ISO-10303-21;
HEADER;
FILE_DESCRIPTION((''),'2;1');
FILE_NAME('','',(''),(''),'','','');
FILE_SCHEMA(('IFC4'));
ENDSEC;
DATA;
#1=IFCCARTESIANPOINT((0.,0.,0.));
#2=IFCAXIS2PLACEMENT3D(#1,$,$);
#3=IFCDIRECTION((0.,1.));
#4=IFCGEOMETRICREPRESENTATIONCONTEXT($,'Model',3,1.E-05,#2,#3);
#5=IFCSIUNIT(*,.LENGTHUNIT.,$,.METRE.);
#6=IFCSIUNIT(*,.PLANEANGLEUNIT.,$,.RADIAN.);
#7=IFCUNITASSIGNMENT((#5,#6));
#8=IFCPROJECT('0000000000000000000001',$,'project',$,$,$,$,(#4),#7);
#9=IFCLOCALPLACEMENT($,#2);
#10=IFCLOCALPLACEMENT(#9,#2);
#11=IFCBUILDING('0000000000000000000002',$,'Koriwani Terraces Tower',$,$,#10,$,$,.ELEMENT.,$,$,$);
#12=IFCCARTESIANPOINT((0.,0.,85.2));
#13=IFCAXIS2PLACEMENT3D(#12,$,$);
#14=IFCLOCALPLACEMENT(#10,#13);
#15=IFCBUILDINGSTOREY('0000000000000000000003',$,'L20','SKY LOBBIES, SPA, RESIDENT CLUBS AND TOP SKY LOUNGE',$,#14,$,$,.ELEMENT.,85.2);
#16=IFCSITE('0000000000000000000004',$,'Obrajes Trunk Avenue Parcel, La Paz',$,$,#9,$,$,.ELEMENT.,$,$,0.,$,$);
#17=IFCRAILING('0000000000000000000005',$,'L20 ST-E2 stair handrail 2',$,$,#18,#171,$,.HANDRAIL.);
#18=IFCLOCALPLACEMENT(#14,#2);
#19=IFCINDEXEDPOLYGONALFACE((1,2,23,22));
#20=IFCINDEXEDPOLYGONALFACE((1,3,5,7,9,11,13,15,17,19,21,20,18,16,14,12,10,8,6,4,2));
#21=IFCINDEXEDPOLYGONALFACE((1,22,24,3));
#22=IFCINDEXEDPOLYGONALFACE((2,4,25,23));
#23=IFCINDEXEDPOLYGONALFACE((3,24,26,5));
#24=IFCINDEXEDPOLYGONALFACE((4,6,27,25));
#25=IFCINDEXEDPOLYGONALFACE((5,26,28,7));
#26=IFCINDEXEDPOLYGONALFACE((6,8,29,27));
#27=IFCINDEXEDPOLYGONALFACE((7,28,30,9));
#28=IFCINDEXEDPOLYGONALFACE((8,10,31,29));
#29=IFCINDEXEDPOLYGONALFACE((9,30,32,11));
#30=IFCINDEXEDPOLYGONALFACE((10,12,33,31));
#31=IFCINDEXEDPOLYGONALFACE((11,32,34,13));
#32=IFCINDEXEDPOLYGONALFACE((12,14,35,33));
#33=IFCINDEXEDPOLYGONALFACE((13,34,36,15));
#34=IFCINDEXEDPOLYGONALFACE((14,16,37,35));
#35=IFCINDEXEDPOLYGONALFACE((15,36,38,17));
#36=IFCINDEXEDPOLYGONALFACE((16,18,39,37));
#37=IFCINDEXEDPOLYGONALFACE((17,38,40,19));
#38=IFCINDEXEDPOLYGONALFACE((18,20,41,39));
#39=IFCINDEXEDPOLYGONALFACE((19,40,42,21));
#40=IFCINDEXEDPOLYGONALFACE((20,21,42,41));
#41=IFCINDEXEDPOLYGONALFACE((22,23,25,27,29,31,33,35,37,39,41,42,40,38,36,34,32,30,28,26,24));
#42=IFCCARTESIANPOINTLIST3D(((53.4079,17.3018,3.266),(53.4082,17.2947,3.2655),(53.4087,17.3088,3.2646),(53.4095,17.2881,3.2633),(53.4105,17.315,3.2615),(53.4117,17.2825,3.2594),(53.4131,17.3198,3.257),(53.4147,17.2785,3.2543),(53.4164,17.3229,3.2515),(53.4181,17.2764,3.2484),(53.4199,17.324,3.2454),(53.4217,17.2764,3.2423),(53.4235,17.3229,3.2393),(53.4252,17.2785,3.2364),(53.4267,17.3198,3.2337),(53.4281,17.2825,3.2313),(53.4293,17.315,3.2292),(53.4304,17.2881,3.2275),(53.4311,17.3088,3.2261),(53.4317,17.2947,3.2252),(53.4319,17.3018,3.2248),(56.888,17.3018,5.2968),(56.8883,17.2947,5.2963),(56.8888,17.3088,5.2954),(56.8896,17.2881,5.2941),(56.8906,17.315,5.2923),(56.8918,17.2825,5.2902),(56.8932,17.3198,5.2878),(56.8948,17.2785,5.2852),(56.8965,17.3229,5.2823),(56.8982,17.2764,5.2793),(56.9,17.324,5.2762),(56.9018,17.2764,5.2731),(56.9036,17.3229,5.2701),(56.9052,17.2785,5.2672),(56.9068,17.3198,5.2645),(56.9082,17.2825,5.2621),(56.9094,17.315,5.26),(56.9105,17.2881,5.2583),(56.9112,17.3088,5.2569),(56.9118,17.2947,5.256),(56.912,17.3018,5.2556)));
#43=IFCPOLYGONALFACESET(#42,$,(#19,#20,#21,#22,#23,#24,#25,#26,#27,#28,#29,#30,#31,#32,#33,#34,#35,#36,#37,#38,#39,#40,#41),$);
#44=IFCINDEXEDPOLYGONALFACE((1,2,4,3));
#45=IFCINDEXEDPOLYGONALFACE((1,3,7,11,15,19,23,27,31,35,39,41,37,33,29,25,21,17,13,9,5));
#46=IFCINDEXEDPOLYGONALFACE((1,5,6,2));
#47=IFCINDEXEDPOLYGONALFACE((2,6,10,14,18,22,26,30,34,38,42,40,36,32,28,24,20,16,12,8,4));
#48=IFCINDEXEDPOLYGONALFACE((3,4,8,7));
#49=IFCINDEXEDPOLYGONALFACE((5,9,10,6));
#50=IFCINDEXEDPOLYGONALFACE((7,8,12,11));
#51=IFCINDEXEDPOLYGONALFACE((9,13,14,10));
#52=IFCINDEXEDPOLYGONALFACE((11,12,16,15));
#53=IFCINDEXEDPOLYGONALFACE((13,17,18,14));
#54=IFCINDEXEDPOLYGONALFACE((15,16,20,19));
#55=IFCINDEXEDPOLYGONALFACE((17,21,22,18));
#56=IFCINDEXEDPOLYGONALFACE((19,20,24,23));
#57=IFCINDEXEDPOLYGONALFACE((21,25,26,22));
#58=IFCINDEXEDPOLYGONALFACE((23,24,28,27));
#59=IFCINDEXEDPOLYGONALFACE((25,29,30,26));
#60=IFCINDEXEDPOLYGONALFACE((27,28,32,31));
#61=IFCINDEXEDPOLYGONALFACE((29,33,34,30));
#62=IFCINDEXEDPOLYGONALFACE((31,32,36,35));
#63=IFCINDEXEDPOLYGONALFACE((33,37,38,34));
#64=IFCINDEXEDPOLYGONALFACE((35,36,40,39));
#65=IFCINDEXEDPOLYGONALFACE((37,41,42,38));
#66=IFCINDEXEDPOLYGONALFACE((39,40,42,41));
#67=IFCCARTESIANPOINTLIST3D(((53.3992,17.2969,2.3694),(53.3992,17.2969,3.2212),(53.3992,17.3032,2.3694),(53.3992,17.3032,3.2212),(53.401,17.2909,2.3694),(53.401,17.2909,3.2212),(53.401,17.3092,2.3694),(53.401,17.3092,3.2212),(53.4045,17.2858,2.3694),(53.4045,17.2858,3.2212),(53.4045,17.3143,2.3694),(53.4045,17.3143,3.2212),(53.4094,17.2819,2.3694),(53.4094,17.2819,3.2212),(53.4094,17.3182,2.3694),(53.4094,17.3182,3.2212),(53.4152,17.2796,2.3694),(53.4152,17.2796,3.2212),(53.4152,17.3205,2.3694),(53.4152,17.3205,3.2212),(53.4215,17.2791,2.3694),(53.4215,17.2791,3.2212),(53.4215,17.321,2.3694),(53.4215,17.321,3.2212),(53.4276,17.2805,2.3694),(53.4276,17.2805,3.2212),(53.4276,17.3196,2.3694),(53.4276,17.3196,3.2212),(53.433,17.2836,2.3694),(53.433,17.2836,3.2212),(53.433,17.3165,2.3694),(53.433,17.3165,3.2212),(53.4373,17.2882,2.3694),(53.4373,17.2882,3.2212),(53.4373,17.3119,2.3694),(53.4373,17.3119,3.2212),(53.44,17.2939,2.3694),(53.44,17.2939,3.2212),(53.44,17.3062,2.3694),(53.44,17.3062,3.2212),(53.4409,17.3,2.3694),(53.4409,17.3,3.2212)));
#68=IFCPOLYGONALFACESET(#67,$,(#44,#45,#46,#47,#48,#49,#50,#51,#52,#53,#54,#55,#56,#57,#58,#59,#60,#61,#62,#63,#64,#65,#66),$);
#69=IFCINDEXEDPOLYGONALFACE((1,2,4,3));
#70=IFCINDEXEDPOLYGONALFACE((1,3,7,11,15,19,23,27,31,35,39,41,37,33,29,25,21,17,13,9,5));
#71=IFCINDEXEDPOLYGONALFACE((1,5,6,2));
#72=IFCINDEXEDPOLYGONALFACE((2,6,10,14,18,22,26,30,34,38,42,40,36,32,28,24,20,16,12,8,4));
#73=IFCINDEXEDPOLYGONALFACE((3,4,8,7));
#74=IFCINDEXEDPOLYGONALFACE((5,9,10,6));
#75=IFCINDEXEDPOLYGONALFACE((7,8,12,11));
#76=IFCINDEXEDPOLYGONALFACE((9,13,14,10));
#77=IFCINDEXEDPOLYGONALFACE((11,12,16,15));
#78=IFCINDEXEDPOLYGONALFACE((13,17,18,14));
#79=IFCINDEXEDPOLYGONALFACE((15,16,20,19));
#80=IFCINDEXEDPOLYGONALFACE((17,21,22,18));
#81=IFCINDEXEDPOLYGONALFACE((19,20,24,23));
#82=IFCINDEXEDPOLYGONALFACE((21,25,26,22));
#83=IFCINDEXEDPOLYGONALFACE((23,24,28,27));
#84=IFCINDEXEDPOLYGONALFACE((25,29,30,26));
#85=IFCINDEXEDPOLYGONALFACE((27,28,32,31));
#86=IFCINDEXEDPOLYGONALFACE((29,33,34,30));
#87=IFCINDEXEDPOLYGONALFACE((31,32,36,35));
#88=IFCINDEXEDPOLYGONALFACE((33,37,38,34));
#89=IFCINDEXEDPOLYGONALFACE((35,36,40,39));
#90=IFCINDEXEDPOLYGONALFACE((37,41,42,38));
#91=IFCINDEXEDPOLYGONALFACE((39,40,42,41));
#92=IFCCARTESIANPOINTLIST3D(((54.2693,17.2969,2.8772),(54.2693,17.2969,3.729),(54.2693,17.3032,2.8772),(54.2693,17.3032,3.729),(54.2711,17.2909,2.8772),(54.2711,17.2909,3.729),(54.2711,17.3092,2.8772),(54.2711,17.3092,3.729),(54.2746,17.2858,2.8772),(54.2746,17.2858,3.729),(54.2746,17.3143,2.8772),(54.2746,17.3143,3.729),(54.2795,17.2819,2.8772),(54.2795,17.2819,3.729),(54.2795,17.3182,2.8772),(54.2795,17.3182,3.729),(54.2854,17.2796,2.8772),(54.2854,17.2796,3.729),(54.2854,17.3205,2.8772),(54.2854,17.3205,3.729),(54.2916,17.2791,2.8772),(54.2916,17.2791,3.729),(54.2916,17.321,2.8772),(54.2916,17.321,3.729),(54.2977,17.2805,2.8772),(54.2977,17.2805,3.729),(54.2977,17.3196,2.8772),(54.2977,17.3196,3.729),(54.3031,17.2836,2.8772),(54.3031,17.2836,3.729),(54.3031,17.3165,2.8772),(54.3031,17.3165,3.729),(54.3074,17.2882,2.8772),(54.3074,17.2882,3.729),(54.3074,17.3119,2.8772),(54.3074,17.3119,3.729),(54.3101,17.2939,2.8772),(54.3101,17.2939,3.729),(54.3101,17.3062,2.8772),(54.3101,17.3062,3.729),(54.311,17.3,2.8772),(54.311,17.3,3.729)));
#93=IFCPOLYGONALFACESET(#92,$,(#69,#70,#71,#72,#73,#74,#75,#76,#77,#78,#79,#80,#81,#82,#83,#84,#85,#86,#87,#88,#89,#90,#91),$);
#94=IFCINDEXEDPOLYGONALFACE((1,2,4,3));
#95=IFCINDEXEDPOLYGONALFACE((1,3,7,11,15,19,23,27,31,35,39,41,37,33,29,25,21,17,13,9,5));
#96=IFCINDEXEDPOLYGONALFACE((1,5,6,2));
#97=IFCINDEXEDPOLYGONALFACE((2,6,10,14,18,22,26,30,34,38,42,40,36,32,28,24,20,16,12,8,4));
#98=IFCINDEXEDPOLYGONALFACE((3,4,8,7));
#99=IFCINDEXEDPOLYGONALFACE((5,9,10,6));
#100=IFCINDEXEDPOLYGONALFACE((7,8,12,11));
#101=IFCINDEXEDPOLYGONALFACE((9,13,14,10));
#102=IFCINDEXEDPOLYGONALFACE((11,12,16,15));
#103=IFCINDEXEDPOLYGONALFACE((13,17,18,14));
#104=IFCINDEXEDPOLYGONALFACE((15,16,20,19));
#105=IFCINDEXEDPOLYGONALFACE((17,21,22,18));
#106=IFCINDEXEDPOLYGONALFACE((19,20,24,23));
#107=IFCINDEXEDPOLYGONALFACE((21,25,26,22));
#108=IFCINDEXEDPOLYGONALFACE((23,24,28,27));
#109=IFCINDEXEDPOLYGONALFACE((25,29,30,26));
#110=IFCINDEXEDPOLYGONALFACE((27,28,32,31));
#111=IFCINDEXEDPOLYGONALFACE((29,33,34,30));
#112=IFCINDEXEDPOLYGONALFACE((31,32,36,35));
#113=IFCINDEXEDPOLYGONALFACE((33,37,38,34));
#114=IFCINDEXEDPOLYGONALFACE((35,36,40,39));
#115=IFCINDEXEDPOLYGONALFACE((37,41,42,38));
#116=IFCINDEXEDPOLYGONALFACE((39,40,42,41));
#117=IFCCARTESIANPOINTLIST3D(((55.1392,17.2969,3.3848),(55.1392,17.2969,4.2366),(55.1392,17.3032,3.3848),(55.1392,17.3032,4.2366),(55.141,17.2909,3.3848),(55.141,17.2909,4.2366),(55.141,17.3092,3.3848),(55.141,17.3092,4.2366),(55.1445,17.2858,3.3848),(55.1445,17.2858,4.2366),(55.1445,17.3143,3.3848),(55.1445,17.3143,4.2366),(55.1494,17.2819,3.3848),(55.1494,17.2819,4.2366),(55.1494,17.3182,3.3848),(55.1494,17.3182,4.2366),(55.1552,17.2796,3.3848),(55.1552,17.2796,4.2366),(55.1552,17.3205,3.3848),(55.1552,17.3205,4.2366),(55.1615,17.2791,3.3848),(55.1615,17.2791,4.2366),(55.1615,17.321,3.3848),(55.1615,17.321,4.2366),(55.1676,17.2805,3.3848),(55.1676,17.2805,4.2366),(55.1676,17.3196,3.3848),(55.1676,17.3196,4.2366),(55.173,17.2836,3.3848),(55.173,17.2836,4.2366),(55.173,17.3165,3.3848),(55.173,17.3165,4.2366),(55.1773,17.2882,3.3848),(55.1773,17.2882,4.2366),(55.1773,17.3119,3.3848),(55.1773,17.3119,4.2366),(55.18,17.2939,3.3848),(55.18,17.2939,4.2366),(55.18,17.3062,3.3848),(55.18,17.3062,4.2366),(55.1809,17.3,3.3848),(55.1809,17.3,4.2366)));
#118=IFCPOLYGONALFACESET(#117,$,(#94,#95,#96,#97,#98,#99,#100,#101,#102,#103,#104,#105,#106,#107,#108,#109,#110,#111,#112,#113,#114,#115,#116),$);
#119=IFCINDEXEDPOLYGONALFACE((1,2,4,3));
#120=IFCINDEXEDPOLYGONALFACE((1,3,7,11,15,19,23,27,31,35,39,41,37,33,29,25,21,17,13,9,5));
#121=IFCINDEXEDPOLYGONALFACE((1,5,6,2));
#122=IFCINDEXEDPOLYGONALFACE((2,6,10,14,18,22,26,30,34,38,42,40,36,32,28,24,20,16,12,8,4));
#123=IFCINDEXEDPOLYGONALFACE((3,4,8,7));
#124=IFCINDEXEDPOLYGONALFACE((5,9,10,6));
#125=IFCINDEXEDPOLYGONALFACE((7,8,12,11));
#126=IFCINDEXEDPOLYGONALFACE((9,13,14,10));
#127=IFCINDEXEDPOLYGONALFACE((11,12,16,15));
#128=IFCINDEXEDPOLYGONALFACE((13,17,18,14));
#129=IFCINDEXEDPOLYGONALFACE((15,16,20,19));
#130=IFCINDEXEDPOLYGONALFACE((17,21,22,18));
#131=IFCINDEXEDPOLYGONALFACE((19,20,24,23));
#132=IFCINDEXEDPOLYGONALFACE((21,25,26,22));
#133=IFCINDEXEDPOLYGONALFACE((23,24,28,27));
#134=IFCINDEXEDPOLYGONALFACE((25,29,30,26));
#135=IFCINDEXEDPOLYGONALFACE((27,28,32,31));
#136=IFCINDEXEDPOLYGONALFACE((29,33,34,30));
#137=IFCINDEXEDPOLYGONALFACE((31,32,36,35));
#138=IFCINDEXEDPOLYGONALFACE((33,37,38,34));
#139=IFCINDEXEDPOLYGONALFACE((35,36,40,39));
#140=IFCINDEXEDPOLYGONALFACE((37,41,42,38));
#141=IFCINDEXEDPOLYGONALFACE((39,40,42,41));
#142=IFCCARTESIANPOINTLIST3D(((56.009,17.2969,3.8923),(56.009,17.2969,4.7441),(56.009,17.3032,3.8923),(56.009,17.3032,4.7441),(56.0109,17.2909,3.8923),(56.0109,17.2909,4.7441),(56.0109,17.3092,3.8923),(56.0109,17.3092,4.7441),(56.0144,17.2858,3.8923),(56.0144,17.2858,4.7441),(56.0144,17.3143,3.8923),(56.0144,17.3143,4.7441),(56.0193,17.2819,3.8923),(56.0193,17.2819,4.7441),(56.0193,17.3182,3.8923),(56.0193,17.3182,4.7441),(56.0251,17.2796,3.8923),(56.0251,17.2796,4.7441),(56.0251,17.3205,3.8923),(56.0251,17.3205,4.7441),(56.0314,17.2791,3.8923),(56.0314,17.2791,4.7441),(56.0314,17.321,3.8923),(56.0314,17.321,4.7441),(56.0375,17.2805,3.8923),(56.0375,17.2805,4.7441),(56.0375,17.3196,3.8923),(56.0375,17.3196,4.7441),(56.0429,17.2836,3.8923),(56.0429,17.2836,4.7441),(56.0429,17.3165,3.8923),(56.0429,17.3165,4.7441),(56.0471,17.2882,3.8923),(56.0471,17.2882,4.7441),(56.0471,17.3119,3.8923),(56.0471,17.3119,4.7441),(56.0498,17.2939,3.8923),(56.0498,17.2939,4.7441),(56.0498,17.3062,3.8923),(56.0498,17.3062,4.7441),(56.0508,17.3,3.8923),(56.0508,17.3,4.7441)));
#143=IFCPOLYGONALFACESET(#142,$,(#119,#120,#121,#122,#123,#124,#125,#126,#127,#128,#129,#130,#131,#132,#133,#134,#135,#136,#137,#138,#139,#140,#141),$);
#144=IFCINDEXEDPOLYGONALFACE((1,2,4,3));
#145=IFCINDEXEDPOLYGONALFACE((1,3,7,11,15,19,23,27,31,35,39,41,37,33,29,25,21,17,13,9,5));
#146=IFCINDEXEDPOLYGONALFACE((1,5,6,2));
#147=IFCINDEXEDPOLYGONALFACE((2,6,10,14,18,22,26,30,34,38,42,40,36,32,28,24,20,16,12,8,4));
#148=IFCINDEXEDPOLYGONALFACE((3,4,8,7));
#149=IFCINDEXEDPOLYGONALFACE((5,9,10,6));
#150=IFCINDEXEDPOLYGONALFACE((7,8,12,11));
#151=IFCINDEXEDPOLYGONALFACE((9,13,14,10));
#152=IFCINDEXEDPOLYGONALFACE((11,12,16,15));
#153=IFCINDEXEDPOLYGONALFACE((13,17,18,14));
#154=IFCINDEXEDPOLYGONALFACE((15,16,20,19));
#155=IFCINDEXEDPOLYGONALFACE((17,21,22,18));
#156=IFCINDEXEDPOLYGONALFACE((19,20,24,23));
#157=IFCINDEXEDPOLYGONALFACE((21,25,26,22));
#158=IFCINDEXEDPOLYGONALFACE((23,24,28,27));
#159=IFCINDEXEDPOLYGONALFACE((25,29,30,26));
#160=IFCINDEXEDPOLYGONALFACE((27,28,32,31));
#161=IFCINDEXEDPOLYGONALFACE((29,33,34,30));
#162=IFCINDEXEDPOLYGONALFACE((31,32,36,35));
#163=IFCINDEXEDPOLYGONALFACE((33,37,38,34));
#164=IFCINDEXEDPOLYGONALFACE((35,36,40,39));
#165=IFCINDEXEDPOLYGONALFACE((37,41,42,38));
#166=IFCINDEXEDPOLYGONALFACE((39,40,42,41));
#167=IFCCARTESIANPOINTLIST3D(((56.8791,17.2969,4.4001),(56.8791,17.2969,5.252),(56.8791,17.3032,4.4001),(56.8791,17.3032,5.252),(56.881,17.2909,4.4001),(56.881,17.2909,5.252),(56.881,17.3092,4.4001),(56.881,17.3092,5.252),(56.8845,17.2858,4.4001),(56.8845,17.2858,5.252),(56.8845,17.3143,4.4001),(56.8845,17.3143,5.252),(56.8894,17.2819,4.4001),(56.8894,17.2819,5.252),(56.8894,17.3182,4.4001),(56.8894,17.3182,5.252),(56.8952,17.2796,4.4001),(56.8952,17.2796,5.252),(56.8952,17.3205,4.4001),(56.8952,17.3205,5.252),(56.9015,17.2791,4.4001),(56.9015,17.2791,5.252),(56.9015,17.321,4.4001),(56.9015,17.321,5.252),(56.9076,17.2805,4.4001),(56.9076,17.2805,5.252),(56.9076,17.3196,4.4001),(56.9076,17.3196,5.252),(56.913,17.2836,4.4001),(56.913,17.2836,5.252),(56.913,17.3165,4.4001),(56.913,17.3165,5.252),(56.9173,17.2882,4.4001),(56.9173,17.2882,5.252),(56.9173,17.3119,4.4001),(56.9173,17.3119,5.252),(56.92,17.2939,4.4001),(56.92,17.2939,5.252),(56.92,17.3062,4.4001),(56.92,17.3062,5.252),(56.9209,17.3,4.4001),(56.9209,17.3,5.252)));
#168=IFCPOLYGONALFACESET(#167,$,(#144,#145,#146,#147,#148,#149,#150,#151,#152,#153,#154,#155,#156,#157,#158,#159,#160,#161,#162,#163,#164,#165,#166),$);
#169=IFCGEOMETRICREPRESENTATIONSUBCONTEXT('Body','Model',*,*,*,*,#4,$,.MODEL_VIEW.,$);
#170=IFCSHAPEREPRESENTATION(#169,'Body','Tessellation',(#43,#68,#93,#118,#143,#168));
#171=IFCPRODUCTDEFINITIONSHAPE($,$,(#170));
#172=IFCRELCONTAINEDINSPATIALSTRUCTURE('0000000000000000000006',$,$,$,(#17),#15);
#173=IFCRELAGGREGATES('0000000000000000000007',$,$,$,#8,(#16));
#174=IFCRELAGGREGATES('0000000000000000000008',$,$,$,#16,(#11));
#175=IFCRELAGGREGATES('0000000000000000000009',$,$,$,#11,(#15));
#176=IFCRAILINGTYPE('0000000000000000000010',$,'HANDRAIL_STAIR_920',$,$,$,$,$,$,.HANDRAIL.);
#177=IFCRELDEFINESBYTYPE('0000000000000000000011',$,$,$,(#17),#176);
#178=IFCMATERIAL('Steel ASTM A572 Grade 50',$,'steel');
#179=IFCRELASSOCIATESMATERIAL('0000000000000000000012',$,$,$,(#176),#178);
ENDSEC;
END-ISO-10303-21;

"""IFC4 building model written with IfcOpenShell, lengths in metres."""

from ifc_helpers import new_model, si_unit, direction, frame, origin, origin_2d, place, context, subcontext, project, spatial, circle, extrude, material, type_object, element, save


model = new_model("IFC4")

# Units and contexts
model_context = context("Model", 3, precision=1e-05, world=origin(), true_north=direction((0.0, 1.0)))
body_context = subcontext(model_context, "Body", "Model", "MODEL_VIEW")
ifc_project = project(units=[si_unit("LENGTHUNIT", "METRE"), si_unit("PLANEANGLEUNIT", "RADIAN")], contexts=[model_context])

# Site, building, storey
site_placement = place(None, origin())
site = spatial("IfcSite", under=ifc_project, at=site_placement, Name="Obrajes Trunk Avenue Parcel, La Paz", CompositionType="ELEMENT", RefElevation=0.0)
building_placement = place(site_placement, origin())
building = spatial("IfcBuilding", under=site, at=building_placement, Name="Koriwani Terraces Tower", CompositionType="ELEMENT")
storey_placement = place(building_placement, frame((0.0, 0.0, 85.2)))
storey = spatial("IfcBuildingStorey", under=building, at=storey_placement, Name="L20", Description="SKY LOBBIES, SPA, RESIDENT CLUBS AND TOP SKY LOUNGE", CompositionType="ELEMENT", Elevation=85.2)

# Shared definitions
ifc_material_1 = material(Name="Steel ASTM A572 Grade 50", Category="steel")

# Railing
railing_type_1 = type_object("IfcRailingType", Name="HANDRAIL_STAIR_920", PredefinedType="HANDRAIL", material=ifc_material_1)
railing_1_placement = place(storey_placement, frame((53.4199, 17.3, 2.3694)))
element("IfcRailing", 1, at=railing_1_placement, inside=storey, type_object=railing_type_1, Name="L20 ST-E2 stair handrail 2", PredefinedType="HANDRAIL", context=body_context, shape_type="SweptSolid", body=[
    extrude(circle(Radius=0.0239, at=origin_2d()), frame((0.0, 0.0, 0.876), z_axis=(0.863695, 0.0, 0.504014), x_axis=(0.0, 1.0, 0.0)), (0.0, 0.0, 1.0), 4.0293),
    extrude(circle(Radius=0.021, at=origin_2d()), origin(), (0.0, 0.0, 1.0), 0.8518),
    extrude(circle(Radius=0.021, at=origin_2d()), frame((0.8701, 0.0, 0.5078)), (0.0, 0.0, 1.0), 0.8518),
    extrude(circle(Radius=0.021, at=origin_2d()), frame((1.74, 0.0, 1.0154)), (0.0, 0.0, 1.0), 0.8518),
    extrude(circle(Radius=0.021, at=origin_2d()), frame((2.6099, 0.0, 1.5229)), (0.0, 0.0, 1.0), 0.8518),
    extrude(circle(Radius=0.021, at=origin_2d()), frame((3.48, 0.0, 2.0308)), (0.0, 0.0, 1.0), 0.8518),
])

save(model, "model.ifc")
